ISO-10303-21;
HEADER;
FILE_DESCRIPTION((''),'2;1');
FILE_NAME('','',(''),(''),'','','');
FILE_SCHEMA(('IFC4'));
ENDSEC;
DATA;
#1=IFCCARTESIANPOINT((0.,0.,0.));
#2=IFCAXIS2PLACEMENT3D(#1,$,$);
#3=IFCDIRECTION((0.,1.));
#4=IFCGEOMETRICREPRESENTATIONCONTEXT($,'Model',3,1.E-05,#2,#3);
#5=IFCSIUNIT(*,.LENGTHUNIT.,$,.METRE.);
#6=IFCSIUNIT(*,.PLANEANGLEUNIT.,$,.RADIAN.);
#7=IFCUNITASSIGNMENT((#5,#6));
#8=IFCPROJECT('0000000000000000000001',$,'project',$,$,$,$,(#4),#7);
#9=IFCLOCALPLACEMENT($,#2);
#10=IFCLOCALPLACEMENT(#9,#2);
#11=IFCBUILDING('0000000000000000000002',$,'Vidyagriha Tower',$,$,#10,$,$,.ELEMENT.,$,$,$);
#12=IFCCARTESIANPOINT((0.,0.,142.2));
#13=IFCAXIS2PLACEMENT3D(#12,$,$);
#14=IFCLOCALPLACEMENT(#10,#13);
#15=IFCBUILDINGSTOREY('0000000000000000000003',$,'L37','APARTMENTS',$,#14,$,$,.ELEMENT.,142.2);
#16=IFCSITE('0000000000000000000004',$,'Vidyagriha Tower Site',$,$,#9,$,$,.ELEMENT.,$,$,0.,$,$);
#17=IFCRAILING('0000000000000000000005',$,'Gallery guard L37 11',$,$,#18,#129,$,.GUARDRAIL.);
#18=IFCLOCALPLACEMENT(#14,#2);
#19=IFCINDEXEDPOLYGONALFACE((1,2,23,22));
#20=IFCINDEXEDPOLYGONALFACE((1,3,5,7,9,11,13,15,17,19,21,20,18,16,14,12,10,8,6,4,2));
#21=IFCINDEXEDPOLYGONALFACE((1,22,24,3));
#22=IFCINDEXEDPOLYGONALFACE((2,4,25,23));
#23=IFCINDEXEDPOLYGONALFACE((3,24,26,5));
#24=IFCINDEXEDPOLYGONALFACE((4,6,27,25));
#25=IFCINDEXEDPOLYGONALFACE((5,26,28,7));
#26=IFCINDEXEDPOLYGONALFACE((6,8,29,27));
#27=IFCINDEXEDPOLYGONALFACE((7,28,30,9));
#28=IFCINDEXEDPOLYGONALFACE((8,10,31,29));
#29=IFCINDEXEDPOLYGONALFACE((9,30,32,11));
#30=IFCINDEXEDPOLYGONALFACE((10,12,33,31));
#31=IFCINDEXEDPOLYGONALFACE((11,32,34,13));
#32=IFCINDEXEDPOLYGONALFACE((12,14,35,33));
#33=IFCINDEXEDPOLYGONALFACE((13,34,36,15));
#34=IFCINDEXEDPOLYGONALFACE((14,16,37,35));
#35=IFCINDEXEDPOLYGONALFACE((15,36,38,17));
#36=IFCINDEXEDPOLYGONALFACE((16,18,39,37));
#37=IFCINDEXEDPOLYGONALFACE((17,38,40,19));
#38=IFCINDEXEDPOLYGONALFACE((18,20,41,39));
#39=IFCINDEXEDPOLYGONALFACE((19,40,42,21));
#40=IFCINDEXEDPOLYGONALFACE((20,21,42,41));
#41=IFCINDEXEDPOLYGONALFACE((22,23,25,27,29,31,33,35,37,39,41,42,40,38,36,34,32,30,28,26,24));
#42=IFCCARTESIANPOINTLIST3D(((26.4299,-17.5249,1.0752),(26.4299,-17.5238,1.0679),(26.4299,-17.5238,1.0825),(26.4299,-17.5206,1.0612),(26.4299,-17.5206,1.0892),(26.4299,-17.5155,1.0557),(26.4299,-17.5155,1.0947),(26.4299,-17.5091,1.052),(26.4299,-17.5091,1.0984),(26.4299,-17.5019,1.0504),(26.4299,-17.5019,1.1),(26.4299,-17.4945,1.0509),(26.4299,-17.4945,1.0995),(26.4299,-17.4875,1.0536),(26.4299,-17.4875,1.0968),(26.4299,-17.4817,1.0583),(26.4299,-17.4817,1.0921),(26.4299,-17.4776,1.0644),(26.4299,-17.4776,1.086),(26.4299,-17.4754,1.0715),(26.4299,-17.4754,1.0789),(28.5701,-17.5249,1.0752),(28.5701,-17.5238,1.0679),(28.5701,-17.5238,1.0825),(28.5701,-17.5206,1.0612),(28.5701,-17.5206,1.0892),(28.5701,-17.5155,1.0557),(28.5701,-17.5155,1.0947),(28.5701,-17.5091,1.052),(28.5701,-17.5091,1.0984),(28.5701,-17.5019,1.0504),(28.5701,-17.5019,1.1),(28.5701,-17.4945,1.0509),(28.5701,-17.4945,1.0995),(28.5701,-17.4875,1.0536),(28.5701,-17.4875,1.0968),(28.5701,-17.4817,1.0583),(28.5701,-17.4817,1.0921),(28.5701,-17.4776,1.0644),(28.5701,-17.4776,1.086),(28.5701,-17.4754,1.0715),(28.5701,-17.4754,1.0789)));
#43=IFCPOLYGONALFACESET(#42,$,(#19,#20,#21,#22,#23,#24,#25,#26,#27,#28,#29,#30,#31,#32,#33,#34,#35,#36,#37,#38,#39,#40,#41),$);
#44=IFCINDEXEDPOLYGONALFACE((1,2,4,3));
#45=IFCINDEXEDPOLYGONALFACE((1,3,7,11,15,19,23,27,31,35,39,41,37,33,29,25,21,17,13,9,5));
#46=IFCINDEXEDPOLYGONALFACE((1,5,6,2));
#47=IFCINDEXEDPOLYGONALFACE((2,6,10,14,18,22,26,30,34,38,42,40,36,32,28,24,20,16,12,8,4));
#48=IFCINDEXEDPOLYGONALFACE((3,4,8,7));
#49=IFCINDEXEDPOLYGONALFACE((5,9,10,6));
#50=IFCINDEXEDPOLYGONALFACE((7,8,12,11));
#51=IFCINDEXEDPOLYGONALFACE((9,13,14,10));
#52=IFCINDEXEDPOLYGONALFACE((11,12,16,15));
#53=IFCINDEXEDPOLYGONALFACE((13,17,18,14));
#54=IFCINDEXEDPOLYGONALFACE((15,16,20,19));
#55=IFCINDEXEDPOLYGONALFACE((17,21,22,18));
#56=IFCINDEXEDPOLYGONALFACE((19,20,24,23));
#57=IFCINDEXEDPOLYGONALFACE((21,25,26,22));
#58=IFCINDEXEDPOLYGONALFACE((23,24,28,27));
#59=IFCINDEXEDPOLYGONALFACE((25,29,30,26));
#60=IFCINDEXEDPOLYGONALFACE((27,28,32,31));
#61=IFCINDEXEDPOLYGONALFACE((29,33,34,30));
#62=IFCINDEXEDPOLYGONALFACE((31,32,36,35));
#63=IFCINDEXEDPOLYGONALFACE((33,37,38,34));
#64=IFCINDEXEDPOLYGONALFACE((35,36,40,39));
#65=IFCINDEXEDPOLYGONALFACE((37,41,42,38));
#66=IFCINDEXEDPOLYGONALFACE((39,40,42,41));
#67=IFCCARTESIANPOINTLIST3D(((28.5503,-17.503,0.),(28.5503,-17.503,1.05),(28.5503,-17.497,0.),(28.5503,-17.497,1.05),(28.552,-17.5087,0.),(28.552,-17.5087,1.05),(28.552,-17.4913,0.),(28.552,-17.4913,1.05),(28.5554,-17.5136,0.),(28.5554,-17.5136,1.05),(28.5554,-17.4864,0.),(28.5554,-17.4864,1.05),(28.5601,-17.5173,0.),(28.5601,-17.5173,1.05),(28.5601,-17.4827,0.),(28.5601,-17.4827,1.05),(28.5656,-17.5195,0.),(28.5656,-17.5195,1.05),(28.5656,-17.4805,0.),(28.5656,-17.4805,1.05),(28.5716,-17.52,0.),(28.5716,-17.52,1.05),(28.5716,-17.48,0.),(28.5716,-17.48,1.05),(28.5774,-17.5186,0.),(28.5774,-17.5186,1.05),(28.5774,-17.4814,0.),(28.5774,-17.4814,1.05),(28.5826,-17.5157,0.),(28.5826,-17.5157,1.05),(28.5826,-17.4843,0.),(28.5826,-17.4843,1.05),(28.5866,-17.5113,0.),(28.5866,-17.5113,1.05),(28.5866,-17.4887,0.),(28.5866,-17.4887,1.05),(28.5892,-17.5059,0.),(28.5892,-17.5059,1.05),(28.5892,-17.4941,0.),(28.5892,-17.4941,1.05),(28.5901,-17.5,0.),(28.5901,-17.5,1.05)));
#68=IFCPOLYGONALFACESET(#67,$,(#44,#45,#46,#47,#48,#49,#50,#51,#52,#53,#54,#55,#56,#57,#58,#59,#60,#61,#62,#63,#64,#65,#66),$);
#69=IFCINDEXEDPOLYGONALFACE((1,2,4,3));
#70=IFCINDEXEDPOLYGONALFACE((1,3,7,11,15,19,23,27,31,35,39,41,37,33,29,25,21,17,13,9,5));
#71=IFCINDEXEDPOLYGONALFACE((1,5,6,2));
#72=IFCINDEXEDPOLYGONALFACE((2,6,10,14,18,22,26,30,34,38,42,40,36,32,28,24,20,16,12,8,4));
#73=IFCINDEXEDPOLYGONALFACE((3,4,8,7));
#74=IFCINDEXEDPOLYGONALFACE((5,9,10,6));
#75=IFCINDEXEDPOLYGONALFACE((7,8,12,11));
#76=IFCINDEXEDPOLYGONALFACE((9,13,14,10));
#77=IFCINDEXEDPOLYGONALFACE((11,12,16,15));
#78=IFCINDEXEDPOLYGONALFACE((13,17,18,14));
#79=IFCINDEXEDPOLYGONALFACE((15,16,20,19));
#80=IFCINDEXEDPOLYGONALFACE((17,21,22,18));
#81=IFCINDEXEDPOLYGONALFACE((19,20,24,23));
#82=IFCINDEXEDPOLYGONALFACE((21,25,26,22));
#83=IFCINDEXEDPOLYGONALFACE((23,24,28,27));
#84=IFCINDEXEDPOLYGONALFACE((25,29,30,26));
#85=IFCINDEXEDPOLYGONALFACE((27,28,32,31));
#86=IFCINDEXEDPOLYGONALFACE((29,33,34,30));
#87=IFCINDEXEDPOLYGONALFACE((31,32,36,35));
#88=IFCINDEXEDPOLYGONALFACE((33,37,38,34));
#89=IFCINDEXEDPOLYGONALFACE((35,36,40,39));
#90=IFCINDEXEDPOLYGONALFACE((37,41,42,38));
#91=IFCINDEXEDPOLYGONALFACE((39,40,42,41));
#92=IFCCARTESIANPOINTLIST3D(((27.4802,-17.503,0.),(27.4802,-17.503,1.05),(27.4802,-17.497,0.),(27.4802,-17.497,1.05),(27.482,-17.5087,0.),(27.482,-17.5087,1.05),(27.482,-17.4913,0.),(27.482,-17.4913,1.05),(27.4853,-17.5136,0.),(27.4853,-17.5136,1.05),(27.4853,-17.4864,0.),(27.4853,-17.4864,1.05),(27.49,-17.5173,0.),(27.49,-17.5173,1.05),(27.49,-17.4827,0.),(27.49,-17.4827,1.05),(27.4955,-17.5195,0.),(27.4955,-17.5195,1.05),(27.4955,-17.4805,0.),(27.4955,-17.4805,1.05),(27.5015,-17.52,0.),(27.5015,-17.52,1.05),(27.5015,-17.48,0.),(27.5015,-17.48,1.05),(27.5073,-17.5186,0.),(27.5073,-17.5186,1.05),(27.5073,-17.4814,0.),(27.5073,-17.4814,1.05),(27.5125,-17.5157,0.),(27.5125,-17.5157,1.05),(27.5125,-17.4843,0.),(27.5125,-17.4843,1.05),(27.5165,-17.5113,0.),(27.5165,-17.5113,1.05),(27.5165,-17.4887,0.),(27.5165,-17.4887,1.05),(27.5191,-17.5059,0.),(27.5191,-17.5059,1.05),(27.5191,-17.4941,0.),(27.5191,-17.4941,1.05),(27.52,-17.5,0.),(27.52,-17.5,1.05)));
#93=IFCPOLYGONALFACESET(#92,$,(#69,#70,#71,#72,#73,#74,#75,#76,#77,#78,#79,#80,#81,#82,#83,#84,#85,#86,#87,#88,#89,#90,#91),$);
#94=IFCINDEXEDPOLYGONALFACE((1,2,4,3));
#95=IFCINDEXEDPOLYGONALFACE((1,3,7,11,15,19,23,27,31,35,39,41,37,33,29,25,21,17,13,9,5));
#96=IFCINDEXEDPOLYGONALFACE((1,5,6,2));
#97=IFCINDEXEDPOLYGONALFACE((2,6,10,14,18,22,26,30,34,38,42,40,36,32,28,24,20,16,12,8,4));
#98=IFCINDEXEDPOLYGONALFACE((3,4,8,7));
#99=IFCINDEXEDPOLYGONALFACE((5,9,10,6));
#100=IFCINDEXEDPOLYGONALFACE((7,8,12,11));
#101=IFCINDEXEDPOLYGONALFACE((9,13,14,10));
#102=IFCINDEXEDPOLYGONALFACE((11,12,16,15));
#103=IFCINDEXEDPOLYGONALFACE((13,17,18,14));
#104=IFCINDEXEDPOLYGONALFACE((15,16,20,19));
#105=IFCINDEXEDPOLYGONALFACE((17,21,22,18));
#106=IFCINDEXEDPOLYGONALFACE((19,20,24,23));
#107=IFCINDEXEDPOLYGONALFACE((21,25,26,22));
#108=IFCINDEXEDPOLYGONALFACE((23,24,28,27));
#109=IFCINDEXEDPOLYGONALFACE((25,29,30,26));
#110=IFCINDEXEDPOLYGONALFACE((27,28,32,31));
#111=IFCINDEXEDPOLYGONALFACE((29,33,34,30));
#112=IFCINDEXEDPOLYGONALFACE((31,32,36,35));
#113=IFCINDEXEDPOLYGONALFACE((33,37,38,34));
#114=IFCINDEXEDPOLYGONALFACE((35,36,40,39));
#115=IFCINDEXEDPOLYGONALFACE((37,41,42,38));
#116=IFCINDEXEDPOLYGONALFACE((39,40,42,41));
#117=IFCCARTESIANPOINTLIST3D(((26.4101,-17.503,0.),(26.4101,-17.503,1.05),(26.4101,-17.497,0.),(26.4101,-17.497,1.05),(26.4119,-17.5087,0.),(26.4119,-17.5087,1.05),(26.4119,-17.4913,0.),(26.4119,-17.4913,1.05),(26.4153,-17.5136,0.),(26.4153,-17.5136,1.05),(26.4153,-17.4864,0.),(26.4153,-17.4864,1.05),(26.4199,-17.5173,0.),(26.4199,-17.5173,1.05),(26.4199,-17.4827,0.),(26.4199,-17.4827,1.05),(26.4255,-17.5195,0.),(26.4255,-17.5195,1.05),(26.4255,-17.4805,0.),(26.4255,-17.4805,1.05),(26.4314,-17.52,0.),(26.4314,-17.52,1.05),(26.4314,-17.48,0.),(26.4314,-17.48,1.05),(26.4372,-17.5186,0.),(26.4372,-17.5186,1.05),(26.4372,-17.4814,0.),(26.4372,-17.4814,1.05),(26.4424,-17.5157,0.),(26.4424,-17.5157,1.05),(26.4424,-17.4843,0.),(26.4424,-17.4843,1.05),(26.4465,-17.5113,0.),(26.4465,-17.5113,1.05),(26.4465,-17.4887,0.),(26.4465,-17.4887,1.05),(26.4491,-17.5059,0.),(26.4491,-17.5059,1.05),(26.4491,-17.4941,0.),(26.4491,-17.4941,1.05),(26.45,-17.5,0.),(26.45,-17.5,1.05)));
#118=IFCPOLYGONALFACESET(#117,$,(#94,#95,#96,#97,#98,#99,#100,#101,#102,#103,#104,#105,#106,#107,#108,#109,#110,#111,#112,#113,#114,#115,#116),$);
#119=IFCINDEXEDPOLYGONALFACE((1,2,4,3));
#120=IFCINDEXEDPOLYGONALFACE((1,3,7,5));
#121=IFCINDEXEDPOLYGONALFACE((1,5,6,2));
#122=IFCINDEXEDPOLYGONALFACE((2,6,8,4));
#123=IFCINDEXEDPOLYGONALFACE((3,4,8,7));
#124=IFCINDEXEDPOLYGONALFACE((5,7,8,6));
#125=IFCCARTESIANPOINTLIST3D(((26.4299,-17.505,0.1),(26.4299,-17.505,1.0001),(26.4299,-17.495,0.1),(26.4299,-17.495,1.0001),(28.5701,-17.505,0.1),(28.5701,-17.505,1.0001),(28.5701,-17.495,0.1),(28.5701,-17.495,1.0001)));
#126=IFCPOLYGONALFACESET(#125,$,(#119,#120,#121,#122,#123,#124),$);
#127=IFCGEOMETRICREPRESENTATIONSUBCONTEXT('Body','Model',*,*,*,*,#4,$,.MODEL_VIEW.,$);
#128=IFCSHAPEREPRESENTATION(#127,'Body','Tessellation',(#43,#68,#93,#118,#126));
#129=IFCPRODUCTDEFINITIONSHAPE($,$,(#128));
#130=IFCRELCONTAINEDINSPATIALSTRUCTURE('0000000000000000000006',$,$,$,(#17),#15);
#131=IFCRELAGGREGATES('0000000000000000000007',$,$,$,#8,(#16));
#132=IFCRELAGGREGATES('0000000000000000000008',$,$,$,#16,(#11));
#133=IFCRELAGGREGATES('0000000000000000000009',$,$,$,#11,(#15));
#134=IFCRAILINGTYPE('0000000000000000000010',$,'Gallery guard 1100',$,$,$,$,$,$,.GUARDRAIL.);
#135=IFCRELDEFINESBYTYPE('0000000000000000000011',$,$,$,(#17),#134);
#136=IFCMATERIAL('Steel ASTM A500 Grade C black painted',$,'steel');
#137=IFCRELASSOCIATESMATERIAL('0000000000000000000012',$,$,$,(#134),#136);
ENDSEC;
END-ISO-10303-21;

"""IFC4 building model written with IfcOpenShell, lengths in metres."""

from ifc_helpers import new_model, si_unit, direction, frame, origin, origin_2d, place, context, subcontext, project, spatial, rectangle, circle, extrude, material, type_object, element, save


model = new_model("IFC4")

# Units and contexts
model_context = context("Model", 3, precision=1e-05, world=origin(), true_north=direction((0.0, 1.0)))
body_context = subcontext(model_context, "Body", "Model", "MODEL_VIEW")
ifc_project = project(units=[si_unit("LENGTHUNIT", "METRE"), si_unit("PLANEANGLEUNIT", "RADIAN")], contexts=[model_context])

# Site, building, storey
site_placement = place(None, origin())
site = spatial("IfcSite", under=ifc_project, at=site_placement, Name="Vidyagriha Tower Site", CompositionType="ELEMENT", RefElevation=0.0)
building_placement = place(site_placement, origin())
building = spatial("IfcBuilding", under=site, at=building_placement, Name="Vidyagriha Tower", CompositionType="ELEMENT")
storey_placement = place(building_placement, frame((0.0, 0.0, 142.2)))
storey = spatial("IfcBuildingStorey", under=building, at=storey_placement, Name="L37", Description="APARTMENTS", CompositionType="ELEMENT", Elevation=142.2)

# Railing
ifc_material_1 = material(Name="Steel ASTM A500 Grade C black painted", Category="steel")
railing_type_1 = type_object("IfcRailingType", Name="Gallery guard 1100", PredefinedType="GUARDRAIL", material=ifc_material_1)
railing_1_placement = place(storey_placement, frame((28.5701, -17.5, 0.0)))
element("IfcRailing", 1, at=railing_1_placement, inside=storey, type_object=railing_type_1, Name="Gallery guard L37 11", PredefinedType="GUARDRAIL", context=body_context, shape_type="SweptSolid", body=[
    extrude(circle(Radius=0.0249, at=origin_2d()), frame((0.0, 0.0, 1.0752), z_axis=(-1.0, 0.0, 0.0), x_axis=(0.0, -1.0, 0.0)), (0.0, 0.0, 1.0), 2.1401),
    extrude(circle(Radius=0.02, at=origin_2d()), origin(), (0.0, 0.0, 1.0), 1.05),
    extrude(circle(Radius=0.02, at=origin_2d()), frame((-1.0701, 0.0, 0.0)), (0.0, 0.0, 1.0), 1.05),
    extrude(circle(Radius=0.02, at=origin_2d()), frame((-2.1401, 0.0, 0.0)), (0.0, 0.0, 1.0), 1.05),
    extrude(rectangle(XDim=0.01, YDim=0.9001, at=origin_2d()), frame((0.0, 0.0, 0.55), z_axis=(-1.0, 0.0, 0.0), x_axis=(0.0, -1.0, 0.0)), (0.0, 0.0, 1.0), 2.1401),
])

save(model, "model.ifc")
